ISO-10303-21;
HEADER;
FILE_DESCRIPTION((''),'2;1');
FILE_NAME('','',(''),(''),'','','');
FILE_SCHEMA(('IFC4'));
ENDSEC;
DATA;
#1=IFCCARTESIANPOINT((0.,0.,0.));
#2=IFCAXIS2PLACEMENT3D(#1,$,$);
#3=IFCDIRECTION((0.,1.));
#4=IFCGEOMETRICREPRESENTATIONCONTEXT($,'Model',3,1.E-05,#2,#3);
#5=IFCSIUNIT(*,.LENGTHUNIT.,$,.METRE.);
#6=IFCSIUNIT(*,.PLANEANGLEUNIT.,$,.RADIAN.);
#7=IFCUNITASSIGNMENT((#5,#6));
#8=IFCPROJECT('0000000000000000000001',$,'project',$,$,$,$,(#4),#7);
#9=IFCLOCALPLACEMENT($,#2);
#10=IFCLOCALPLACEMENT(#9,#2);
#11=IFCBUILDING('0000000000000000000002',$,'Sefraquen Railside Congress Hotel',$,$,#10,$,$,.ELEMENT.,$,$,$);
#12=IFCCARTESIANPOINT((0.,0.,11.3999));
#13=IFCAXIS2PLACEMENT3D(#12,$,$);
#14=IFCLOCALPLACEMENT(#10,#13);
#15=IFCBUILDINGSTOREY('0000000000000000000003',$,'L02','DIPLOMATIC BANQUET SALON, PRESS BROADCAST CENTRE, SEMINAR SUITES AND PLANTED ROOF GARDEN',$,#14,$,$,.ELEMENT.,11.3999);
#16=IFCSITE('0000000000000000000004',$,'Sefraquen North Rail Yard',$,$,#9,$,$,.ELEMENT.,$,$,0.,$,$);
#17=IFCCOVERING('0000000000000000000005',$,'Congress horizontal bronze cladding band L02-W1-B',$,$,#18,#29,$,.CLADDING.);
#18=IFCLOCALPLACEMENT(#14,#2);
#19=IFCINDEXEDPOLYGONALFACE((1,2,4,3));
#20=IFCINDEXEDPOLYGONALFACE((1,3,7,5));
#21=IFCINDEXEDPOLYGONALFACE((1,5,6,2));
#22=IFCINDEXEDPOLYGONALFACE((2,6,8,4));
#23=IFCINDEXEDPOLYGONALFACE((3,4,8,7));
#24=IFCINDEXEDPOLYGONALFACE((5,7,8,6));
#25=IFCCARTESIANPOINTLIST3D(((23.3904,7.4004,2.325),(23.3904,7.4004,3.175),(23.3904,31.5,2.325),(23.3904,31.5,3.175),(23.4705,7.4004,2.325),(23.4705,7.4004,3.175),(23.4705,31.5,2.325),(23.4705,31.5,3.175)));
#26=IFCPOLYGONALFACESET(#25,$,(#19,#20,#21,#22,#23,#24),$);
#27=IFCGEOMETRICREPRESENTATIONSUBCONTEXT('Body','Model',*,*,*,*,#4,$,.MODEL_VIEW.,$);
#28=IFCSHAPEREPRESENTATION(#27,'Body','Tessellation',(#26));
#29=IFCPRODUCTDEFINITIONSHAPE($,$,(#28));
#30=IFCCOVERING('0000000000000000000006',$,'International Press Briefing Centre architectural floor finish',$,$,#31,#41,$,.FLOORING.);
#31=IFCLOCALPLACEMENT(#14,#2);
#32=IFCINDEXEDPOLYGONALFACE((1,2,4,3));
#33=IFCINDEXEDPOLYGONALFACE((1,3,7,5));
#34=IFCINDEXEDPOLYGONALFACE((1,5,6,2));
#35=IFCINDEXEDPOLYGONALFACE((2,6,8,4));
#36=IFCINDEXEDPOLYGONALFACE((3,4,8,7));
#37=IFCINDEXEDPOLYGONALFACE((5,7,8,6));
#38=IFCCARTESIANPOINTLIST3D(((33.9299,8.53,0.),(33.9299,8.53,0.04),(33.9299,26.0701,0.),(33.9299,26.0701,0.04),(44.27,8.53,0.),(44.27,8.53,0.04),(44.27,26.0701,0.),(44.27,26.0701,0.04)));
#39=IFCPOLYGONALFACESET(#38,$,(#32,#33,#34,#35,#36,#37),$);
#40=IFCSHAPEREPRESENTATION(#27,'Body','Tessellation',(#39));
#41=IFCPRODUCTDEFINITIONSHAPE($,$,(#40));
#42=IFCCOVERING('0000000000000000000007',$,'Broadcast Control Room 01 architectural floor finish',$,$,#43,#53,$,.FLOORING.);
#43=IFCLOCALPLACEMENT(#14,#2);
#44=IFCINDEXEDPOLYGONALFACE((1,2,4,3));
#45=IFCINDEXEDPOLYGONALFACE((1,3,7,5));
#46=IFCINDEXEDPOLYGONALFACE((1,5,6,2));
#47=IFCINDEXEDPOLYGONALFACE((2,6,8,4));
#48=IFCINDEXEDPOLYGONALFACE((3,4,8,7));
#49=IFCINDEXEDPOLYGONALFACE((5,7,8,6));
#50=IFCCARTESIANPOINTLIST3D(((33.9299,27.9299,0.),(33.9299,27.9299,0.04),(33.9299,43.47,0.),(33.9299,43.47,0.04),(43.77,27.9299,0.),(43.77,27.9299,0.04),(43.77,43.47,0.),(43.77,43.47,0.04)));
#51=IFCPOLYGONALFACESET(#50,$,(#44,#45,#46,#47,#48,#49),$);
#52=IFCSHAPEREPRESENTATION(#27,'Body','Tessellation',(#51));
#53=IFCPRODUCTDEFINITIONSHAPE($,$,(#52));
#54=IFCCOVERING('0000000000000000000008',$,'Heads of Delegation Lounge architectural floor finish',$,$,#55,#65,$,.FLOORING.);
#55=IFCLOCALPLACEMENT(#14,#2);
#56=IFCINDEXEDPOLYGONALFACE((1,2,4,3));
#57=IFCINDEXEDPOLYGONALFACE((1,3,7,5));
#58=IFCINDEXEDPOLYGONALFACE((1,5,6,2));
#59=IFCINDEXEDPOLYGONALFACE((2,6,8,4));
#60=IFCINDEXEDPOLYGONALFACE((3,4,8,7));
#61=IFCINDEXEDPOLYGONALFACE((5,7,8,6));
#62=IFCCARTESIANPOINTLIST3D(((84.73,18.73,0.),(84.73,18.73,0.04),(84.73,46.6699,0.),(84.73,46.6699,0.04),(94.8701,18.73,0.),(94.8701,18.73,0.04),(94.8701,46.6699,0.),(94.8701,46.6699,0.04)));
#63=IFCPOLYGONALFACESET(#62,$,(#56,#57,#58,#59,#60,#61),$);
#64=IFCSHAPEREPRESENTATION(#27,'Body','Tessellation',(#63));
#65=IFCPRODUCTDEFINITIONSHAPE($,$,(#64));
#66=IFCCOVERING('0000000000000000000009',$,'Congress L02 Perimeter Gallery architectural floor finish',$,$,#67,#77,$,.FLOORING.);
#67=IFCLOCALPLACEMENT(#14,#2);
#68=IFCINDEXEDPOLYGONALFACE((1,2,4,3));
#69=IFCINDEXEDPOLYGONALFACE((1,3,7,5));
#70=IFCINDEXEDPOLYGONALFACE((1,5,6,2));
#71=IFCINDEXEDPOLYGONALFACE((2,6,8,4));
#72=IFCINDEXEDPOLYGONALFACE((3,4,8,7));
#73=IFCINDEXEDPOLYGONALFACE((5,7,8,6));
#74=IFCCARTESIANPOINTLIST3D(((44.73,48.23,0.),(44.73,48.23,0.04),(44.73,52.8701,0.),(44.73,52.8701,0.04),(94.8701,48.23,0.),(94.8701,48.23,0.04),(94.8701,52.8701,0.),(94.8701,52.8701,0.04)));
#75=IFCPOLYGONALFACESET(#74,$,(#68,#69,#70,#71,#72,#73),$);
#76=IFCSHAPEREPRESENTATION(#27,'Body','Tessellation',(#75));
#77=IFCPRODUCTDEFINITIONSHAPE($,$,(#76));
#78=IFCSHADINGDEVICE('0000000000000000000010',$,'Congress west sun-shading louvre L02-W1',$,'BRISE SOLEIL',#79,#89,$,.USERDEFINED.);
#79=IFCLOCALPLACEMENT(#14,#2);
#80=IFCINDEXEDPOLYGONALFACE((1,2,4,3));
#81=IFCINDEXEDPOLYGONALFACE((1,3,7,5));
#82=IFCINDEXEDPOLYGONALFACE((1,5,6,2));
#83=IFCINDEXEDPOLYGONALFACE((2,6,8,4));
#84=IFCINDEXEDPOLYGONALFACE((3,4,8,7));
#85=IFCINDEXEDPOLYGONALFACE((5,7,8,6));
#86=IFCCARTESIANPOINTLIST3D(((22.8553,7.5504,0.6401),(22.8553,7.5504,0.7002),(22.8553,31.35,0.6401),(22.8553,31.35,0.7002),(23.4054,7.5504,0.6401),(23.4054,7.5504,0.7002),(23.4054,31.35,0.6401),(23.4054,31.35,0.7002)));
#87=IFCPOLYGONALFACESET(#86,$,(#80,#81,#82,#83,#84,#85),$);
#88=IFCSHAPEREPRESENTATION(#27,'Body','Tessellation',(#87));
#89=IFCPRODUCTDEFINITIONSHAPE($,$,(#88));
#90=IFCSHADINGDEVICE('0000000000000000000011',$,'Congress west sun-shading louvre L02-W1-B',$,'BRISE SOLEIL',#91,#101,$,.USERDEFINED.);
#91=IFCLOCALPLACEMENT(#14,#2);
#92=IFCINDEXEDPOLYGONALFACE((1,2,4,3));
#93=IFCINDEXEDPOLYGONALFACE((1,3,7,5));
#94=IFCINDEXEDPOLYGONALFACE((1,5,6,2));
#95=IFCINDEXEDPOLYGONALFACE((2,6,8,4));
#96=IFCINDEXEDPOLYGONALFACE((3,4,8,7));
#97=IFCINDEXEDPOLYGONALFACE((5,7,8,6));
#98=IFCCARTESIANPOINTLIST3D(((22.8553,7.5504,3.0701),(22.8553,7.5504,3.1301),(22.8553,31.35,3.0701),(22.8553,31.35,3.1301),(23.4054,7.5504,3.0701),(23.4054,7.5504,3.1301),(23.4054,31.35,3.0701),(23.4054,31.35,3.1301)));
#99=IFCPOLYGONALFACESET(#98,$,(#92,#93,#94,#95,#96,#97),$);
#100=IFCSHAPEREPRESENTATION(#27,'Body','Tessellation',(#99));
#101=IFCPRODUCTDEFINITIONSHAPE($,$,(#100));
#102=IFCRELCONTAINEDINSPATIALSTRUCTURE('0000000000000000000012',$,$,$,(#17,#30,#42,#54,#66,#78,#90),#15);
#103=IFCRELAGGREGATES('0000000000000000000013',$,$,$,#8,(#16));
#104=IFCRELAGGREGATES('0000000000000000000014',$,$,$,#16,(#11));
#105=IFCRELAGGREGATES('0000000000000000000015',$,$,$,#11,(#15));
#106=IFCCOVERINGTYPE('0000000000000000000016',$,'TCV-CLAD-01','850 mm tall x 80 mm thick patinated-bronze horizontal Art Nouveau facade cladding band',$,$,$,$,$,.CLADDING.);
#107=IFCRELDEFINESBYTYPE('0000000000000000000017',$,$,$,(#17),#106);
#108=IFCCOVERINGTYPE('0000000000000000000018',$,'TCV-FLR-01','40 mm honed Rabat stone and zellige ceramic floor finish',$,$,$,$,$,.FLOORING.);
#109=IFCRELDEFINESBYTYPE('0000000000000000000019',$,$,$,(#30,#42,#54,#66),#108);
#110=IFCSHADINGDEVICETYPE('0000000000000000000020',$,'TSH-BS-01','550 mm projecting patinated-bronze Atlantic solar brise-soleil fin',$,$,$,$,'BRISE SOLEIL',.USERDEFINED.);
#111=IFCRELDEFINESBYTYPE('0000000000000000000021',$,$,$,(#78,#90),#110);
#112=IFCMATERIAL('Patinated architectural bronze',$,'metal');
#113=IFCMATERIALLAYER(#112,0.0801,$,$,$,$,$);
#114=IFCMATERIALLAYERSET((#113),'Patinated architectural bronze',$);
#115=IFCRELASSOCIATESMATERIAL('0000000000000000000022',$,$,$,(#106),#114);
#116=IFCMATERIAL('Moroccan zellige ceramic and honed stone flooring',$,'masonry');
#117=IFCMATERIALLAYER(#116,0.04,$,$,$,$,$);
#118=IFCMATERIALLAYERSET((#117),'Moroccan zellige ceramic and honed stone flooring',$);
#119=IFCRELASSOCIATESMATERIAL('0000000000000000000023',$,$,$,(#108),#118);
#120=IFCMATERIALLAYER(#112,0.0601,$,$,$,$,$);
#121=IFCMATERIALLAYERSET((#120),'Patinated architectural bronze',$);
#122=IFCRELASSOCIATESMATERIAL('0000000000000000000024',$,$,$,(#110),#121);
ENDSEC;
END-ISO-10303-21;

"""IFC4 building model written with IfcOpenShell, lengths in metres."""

from ifc_helpers import new_model, si_unit, direction, frame, origin, origin_2d, place, context, subcontext, project, spatial, polyline, rectangle, outline, extrude, material, layer, layer_set, type_object, element, save


model = new_model("IFC4")

# Units and contexts
model_context = context("Model", 3, precision=1e-05, world=origin(), true_north=direction((0.0, 1.0)))
body_context = subcontext(model_context, "Body", "Model", "MODEL_VIEW")
ifc_project = project(units=[si_unit("LENGTHUNIT", "METRE"), si_unit("PLANEANGLEUNIT", "RADIAN")], contexts=[model_context])

# Site, building, storey
site_placement = place(None, origin())
site = spatial("IfcSite", under=ifc_project, at=site_placement, Name="Sefraquen North Rail Yard", CompositionType="ELEMENT", RefElevation=0.0)
building_placement = place(site_placement, origin())
building = spatial("IfcBuilding", under=site, at=building_placement, Name="Sefraquen Railside Congress Hotel", CompositionType="ELEMENT")
storey_placement = place(building_placement, frame((0.0, 0.0, 11.3999)))
storey = spatial("IfcBuildingStorey", under=building, at=storey_placement, Name="L02", Description="DIPLOMATIC BANQUET SALON, PRESS BROADCAST CENTRE, SEMINAR SUITES AND PLANTED ROOF GARDEN", CompositionType="ELEMENT", Elevation=11.3999)

# Coverings
ifc_material_1 = material(Name="Patinated architectural bronze", Category="metal")
ifc_layer_1 = layer(ifc_material_1, 0.0801)
ifc_layer_set_1 = layer_set([ifc_layer_1], Name="Patinated architectural bronze")
covering_type_1 = type_object("IfcCoveringType", Name="TCV-CLAD-01", Description="850 mm tall x 80 mm thick patinated-bronze horizontal Art Nouveau facade cladding band", PredefinedType="CLADDING", material=ifc_layer_set_1)
for number, where, z_axis, x_axis, name in (
    (1, (23.4304, 19.4502, 2.325), (0.0, 0.0, 1.0), (1.0, 0.0, 0.0), "Congress horizontal bronze cladding band L02-W1-B"),
):
    element("IfcCovering", number, at=place(storey_placement, frame(where, z_axis=z_axis, x_axis=x_axis)), inside=storey, type_object=covering_type_1, Name=name, PredefinedType="CLADDING", context=body_context, shape_type="SweptSolid", body=[
        extrude(rectangle(XDim=0.0801, YDim=24.0996, at=origin_2d()), origin(), (0.0, 0.0, 1.0), 0.8501),
    ])
ifc_material_2 = material(Name="Moroccan zellige ceramic and honed stone flooring", Category="masonry")
ifc_layer_2 = layer(ifc_material_2, 0.04)
ifc_layer_set_2 = layer_set([ifc_layer_2], Name="Moroccan zellige ceramic and honed stone flooring")
covering_type_2 = type_object("IfcCoveringType", Name="TCV-FLR-01", Description="40 mm honed Rabat stone and zellige ceramic floor finish", PredefinedType="FLOORING", material=ifc_layer_set_2)
covering_1_placement = place(storey_placement, origin())
element("IfcCovering", 2, at=covering_1_placement, inside=storey, type_object=covering_type_2, Name="International Press Briefing Centre architectural floor finish", PredefinedType="FLOORING", context=body_context, shape_type="SweptSolid", body=[
    extrude(outline(polyline([(33.9299, 8.53), (44.27, 8.53), (44.27, 26.0701), (33.9299, 26.0701), (33.9299, 8.53)])), origin(), (0.0, 0.0, 1.0), 0.04),
])
covering_2_placement = place(storey_placement, origin())
element("IfcCovering", 3, at=covering_2_placement, inside=storey, type_object=covering_type_2, Name="Broadcast Control Room 01 architectural floor finish", PredefinedType="FLOORING", context=body_context, shape_type="SweptSolid", body=[
    extrude(outline(polyline([(33.9299, 27.9299), (43.77, 27.9299), (43.77, 43.47), (33.9299, 43.47), (33.9299, 27.9299)])), origin(), (0.0, 0.0, 1.0), 0.04),
])
covering_3_placement = place(storey_placement, origin())
element("IfcCovering", 4, at=covering_3_placement, inside=storey, type_object=covering_type_2, Name="Heads of Delegation Lounge architectural floor finish", PredefinedType="FLOORING", context=body_context, shape_type="SweptSolid", body=[
    extrude(outline(polyline([(84.73, 18.73), (94.8701, 18.73), (94.8701, 46.6699), (84.73, 46.6699), (84.73, 18.73)])), origin(), (0.0, 0.0, 1.0), 0.04),
])
covering_4_placement = place(storey_placement, origin())
element("IfcCovering", 5, at=covering_4_placement, inside=storey, type_object=covering_type_2, Name="Congress L02 Perimeter Gallery architectural floor finish", PredefinedType="FLOORING", context=body_context, shape_type="SweptSolid", body=[
    extrude(outline(polyline([(44.73, 48.23), (94.8701, 48.23), (94.8701, 52.8701), (44.73, 52.8701), (44.73, 48.23)])), origin(), (0.0, 0.0, 1.0), 0.04),
])

# Shading devices
ifc_layer_3 = layer(ifc_material_1, 0.0601)
ifc_layer_set_3 = layer_set([ifc_layer_3], Name="Patinated architectural bronze")
shading_device_type = type_object("IfcShadingDeviceType", Name="TSH-BS-01", Description="550 mm projecting patinated-bronze Atlantic solar brise-soleil fin", ElementType="BRISE SOLEIL", PredefinedType="USERDEFINED", material=ifc_layer_set_3)
for number, where, z_axis, x_axis, name in (
    (6, (23.1304, 19.4502, 0.6401), (0.0, 0.0, 1.0), (1.0, 0.0, 0.0), "Congress west sun-shading louvre L02-W1"),
    (7, (23.1304, 19.4502, 3.0701), (0.0, 0.0, 1.0), (1.0, 0.0, 0.0), "Congress west sun-shading louvre L02-W1-B"),
):
    element("IfcShadingDevice", number, at=place(storey_placement, frame(where, z_axis=z_axis, x_axis=x_axis)), inside=storey, type_object=shading_device_type, Name=name, ObjectType="BRISE SOLEIL", PredefinedType="USERDEFINED", context=body_context, shape_type="SweptSolid", body=[
        extrude(rectangle(XDim=0.55, YDim=23.7996, at=origin_2d()), origin(), (0.0, 0.0, 1.0), 0.0601),
    ])

save(model, "model.ifc")
